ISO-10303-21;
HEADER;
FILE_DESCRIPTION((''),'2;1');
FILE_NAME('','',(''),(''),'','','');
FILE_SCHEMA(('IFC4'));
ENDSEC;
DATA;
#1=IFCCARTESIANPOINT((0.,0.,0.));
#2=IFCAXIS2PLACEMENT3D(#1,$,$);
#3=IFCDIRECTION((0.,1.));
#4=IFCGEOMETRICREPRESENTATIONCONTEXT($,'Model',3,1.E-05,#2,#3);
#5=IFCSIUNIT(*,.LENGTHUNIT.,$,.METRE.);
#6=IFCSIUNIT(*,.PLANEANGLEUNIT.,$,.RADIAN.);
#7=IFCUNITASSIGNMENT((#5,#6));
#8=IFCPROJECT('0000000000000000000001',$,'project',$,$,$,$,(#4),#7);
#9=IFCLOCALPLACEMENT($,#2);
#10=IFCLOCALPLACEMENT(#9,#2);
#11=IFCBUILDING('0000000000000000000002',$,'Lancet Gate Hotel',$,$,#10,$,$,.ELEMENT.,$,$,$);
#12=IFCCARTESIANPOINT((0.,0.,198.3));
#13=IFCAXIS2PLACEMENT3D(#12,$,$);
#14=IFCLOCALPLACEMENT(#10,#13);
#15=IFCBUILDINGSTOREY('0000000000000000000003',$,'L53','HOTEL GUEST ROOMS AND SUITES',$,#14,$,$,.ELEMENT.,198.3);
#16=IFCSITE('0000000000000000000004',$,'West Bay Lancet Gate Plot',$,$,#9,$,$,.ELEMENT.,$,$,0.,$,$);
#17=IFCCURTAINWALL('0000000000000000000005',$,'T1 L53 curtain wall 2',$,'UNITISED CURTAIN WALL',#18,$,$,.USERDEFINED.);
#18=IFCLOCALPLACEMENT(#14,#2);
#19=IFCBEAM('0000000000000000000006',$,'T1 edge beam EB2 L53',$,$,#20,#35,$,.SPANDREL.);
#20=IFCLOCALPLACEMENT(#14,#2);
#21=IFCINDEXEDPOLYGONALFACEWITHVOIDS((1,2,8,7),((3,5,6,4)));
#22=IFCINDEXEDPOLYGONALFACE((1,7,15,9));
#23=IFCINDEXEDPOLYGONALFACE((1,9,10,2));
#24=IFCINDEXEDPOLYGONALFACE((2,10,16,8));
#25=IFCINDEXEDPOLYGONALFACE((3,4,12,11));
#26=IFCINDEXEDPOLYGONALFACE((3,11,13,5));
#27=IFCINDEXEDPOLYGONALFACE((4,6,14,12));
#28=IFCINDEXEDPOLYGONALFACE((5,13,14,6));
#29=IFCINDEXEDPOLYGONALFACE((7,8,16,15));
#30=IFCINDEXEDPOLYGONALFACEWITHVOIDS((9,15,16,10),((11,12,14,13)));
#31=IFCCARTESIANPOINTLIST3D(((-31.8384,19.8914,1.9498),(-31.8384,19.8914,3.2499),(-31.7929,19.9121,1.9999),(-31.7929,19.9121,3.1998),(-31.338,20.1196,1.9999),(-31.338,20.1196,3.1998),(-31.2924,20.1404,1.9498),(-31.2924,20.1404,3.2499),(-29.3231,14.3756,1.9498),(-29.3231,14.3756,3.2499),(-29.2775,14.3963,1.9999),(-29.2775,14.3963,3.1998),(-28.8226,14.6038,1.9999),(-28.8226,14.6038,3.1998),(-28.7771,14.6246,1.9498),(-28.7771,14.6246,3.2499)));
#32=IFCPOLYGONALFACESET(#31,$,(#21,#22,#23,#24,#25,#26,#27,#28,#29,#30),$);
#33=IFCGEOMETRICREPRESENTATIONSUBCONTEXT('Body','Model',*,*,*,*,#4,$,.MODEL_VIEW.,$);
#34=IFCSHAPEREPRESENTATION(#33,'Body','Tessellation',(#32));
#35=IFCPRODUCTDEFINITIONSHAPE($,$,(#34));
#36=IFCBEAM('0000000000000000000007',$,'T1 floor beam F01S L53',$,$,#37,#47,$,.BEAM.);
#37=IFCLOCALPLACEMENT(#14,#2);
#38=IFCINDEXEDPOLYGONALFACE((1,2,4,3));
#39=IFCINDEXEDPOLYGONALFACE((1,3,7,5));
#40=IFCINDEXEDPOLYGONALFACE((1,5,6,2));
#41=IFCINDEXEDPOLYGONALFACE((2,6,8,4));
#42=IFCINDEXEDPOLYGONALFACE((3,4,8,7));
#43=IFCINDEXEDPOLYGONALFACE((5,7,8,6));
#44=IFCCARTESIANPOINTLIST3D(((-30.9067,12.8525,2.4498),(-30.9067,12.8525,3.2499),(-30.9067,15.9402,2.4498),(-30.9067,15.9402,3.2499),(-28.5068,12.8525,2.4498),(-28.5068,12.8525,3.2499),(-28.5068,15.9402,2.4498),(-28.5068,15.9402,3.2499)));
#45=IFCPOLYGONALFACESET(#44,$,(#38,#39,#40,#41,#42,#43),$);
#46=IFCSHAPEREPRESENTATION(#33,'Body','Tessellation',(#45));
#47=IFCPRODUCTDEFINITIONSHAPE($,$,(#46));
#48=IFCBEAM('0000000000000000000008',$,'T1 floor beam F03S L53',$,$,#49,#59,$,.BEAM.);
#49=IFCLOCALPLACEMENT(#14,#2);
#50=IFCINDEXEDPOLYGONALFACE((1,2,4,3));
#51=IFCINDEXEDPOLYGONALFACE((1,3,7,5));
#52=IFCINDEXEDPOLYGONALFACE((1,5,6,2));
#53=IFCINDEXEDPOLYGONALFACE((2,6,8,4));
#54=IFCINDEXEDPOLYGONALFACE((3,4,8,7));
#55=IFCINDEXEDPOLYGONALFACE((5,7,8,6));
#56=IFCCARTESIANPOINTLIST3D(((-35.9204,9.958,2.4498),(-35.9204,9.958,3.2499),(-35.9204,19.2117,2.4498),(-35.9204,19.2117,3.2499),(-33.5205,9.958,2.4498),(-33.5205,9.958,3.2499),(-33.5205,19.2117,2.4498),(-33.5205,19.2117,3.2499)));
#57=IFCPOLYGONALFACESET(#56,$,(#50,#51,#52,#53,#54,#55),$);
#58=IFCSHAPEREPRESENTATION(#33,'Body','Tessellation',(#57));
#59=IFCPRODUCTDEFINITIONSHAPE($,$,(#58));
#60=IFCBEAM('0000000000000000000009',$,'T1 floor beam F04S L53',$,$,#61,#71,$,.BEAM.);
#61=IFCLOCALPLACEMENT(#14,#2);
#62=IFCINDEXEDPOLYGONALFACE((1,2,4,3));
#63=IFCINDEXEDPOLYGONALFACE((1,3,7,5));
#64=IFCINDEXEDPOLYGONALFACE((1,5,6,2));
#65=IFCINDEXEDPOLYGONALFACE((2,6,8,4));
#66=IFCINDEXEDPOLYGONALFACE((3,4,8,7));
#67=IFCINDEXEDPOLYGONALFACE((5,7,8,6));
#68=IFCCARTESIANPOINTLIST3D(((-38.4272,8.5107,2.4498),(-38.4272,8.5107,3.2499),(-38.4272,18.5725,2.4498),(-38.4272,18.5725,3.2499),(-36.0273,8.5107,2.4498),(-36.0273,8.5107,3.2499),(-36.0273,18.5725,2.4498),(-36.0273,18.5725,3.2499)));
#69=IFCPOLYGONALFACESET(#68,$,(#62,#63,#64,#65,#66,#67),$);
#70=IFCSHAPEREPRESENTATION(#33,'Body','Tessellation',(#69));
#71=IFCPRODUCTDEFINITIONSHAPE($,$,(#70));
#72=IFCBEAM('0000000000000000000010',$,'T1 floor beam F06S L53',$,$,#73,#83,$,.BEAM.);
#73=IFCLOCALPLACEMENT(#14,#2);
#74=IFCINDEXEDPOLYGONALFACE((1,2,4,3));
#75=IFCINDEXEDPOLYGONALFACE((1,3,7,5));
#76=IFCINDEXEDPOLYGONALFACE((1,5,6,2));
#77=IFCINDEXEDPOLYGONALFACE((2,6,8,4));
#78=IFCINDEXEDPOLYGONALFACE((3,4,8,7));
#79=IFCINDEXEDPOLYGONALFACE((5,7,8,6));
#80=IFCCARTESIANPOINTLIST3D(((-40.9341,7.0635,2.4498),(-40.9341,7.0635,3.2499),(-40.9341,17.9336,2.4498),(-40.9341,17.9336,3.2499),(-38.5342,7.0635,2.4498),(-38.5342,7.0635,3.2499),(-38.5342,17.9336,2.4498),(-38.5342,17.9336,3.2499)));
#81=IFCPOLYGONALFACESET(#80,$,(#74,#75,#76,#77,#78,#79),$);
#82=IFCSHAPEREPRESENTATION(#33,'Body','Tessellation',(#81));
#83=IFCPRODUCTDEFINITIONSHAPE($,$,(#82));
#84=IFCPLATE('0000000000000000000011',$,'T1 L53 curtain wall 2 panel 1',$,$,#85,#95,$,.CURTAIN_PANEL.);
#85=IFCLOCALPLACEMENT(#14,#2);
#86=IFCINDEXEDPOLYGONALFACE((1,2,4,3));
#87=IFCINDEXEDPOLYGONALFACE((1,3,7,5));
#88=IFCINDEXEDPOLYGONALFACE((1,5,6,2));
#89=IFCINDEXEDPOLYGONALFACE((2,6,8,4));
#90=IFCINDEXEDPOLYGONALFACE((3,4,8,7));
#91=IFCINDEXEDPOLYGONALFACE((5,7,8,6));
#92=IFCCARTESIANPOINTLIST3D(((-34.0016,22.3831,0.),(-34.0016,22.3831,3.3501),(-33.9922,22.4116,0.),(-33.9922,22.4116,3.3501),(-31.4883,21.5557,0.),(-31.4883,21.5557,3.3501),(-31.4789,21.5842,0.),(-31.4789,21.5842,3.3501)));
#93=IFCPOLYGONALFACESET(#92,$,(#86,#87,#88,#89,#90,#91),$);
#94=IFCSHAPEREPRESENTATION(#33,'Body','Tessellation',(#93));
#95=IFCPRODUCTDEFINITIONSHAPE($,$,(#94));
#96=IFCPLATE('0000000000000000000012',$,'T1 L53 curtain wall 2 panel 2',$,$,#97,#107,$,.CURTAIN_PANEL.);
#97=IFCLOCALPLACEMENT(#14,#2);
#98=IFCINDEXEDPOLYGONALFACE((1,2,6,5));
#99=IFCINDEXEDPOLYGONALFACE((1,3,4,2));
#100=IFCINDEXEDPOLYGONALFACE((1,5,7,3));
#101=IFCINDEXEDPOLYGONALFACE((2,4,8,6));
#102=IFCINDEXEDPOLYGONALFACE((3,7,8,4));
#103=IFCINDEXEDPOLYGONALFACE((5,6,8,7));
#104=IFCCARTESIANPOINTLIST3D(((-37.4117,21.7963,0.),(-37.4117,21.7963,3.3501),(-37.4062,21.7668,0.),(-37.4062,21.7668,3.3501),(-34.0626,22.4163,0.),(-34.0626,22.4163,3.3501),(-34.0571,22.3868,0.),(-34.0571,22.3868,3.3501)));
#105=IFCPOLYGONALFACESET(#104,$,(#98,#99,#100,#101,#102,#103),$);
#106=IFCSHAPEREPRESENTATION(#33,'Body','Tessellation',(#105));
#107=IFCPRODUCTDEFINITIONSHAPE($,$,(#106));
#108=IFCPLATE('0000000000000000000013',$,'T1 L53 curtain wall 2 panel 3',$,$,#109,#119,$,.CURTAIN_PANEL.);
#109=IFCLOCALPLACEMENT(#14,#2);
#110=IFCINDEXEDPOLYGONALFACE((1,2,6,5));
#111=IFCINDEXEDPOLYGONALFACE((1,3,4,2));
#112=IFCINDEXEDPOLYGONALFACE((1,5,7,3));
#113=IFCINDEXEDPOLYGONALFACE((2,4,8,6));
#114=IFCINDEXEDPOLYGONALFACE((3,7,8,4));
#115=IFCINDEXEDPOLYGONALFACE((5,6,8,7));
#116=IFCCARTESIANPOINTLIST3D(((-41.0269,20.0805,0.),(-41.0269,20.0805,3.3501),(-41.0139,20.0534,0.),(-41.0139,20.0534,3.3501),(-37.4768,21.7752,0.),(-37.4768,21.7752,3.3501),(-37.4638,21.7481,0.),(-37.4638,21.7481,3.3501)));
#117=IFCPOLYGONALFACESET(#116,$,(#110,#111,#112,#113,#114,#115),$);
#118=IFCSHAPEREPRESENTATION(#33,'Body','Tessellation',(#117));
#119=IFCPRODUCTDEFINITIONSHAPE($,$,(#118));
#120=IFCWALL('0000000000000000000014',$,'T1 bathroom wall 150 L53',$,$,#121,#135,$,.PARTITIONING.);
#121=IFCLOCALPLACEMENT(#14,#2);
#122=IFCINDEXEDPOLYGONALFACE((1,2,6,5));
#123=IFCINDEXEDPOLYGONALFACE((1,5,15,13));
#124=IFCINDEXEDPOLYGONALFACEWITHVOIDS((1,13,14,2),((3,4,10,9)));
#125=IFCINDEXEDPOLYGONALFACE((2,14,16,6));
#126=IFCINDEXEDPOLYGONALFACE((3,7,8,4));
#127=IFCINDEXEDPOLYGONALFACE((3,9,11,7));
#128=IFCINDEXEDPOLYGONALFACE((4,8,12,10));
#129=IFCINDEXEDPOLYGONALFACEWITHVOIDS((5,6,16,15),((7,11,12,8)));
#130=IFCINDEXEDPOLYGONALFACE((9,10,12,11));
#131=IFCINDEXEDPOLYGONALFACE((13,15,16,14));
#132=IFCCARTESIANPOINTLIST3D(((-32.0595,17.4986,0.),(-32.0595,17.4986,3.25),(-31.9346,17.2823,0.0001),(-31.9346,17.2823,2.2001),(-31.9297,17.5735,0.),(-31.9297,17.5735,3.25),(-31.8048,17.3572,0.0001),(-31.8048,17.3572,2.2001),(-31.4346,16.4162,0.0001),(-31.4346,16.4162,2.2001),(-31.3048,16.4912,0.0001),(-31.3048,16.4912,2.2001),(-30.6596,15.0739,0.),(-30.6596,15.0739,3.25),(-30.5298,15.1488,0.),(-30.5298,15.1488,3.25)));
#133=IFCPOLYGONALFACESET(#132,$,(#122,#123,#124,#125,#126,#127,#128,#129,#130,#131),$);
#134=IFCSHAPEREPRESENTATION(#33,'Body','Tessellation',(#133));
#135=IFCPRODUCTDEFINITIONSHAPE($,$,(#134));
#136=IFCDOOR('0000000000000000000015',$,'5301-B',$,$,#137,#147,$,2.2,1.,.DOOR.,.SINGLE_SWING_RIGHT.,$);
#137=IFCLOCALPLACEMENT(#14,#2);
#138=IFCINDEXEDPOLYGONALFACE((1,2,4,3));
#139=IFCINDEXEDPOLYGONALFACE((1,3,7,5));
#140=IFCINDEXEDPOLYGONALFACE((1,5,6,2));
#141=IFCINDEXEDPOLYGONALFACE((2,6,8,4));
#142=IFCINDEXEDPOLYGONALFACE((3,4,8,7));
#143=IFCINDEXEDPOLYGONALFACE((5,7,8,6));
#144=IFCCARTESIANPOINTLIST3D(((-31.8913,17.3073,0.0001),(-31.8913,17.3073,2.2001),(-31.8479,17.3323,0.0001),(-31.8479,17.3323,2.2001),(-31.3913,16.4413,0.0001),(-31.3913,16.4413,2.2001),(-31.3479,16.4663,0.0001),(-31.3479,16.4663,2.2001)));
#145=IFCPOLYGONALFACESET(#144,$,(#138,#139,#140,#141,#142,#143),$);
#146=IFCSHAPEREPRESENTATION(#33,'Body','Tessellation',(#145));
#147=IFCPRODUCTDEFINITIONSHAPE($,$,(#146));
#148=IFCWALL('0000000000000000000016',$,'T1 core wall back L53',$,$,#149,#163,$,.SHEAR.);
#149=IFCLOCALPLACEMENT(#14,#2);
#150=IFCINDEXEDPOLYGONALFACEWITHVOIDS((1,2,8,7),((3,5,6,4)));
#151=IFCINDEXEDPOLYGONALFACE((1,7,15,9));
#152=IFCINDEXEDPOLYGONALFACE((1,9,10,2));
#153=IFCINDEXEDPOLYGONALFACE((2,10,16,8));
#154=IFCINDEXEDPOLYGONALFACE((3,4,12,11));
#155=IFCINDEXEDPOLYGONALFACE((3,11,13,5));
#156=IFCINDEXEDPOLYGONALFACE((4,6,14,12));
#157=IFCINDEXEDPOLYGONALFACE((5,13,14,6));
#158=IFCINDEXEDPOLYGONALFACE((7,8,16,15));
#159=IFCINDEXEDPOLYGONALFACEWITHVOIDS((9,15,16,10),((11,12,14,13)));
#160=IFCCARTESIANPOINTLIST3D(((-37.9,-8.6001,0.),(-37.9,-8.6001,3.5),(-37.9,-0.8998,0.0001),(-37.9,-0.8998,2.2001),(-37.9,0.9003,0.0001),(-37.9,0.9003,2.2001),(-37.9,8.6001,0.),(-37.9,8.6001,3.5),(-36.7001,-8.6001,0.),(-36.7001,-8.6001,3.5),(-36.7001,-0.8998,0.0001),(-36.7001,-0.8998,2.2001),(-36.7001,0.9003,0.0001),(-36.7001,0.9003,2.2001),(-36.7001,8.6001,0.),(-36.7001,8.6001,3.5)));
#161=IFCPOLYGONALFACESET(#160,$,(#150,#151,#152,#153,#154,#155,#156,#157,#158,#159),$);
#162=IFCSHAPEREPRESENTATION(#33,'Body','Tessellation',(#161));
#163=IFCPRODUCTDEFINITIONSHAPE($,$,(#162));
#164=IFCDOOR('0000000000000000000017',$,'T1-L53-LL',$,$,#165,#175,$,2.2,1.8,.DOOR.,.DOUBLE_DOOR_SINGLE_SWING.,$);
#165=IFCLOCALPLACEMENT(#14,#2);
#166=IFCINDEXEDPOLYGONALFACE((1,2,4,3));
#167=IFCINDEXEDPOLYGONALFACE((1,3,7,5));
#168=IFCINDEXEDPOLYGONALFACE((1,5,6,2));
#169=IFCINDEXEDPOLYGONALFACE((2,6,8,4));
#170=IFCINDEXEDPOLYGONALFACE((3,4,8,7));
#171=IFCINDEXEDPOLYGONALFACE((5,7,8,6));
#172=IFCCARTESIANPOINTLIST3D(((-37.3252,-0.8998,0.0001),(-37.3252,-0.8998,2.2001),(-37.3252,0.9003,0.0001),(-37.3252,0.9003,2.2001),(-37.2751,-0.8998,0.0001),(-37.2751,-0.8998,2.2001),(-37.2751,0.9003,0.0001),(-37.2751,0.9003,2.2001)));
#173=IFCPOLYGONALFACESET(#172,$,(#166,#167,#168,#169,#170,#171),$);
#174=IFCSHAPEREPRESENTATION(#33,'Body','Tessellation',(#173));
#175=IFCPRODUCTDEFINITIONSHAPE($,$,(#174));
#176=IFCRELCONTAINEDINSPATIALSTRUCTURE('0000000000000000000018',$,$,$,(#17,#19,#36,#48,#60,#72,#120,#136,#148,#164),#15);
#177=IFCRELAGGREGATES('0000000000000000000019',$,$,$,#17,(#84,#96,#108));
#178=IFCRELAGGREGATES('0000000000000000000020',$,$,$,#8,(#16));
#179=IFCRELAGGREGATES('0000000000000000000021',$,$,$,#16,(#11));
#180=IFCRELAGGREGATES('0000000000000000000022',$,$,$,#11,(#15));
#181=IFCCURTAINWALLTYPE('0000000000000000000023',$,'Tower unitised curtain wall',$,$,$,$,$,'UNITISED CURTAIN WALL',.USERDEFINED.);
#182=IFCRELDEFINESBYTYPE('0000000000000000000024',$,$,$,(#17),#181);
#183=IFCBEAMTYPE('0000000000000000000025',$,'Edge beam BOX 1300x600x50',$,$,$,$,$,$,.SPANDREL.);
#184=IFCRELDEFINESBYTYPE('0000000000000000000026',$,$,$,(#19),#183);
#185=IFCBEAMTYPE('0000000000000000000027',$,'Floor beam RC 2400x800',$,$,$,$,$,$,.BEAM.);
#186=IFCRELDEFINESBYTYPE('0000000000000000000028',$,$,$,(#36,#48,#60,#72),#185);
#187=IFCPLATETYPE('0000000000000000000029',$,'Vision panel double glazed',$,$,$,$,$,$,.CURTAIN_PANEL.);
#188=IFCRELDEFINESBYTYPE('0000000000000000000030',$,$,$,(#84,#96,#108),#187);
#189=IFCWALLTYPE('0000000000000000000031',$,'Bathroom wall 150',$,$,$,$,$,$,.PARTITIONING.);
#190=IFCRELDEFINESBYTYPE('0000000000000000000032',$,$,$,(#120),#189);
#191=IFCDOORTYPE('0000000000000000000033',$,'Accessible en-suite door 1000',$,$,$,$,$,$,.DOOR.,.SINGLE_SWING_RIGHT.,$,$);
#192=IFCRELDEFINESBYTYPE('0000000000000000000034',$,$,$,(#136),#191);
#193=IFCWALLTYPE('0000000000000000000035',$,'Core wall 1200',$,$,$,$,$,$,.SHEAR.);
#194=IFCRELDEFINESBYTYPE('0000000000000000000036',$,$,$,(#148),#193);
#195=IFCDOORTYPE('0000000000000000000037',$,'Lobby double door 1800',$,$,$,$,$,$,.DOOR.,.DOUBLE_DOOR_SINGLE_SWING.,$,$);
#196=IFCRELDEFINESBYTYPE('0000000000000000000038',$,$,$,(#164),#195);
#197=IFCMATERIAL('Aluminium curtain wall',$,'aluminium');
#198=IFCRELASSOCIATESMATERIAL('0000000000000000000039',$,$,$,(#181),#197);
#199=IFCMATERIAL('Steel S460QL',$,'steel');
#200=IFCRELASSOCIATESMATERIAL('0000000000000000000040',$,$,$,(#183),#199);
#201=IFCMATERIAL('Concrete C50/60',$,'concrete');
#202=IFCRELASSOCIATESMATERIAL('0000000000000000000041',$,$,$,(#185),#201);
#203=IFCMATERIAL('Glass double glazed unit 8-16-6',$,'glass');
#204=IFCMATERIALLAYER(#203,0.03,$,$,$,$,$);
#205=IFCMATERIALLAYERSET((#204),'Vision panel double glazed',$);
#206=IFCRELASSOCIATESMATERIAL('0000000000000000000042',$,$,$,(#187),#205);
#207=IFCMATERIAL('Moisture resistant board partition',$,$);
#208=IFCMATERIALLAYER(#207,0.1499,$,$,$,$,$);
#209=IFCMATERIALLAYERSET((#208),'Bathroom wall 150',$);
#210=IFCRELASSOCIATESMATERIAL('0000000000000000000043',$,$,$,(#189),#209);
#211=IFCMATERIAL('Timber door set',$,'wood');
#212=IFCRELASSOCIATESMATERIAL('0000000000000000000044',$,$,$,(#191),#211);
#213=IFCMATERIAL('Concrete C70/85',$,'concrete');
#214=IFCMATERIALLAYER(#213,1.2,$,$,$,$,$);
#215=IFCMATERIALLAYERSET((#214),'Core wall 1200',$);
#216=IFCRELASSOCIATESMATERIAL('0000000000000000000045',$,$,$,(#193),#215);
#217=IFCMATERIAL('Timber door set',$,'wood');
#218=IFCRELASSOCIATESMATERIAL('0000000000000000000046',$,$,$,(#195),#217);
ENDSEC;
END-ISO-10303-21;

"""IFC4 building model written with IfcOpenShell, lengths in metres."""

from ifc_helpers import new_model, si_unit, direction, frame, frame_2d, origin, origin_2d, place, context, subcontext, project, spatial, rectangle, hollow_rectangle, extrude, material, layer, layer_set, material_profile, profile_set, type_object, element, fill, aggregate, save


model = new_model("IFC4")

# Units and contexts
model_context = context("Model", 3, precision=1e-05, world=origin(), true_north=direction((0.0, 1.0)))
body_context = subcontext(model_context, "Body", "Model", "MODEL_VIEW")
ifc_project = project(units=[si_unit("LENGTHUNIT", "METRE"), si_unit("PLANEANGLEUNIT", "RADIAN")], contexts=[model_context])

# Site, building, storey
site_placement = place(None, origin())
site = spatial("IfcSite", under=ifc_project, at=site_placement, Name="West Bay Lancet Gate Plot", CompositionType="ELEMENT", RefElevation=0.0)
building_placement = place(site_placement, origin())
building = spatial("IfcBuilding", under=site, at=building_placement, Name="Lancet Gate Hotel", CompositionType="ELEMENT")
storey_placement = place(building_placement, frame((0.0, 0.0, 198.3)))
storey = spatial("IfcBuildingStorey", under=building, at=storey_placement, Name="L53", Description="HOTEL GUEST ROOMS AND SUITES", CompositionType="ELEMENT", Elevation=198.3)

# Shared definitions
ifc_material_1 = material(Name="Aluminium curtain wall", Category="aluminium")
curtain_wall_type = type_object("IfcCurtainWallType", Name="Tower unitised curtain wall", ElementType="UNITISED CURTAIN WALL", PredefinedType="USERDEFINED", material=ifc_material_1)

# Curtain wall
curtain_wall_1_placement = place(storey_placement, origin())
curtain_wall_1 = element("IfcCurtainWall", 1, at=curtain_wall_1_placement, inside=storey, type_object=curtain_wall_type, Name="T1 L53 curtain wall 2", ObjectType="UNITISED CURTAIN WALL", PredefinedType="USERDEFINED")

# Beams
ifc_material_2 = material(Name="Steel S460QL", Category="steel")
ifc_material_profile_1 = material_profile(ifc_material_2, hollow_rectangle(XDim=0.6001, YDim=1.3, WallThickness=0.05, at=origin_2d()), Name="BOX 1300x600x50")
ifc_profile_set_1 = profile_set([ifc_material_profile_1], Name="Steel S460QL")
beam_type_1 = type_object("IfcBeamType", Name="Edge beam BOX 1300x600x50", PredefinedType="SPANDREL", material=ifc_profile_set_1)
beam_1_placement = place(storey_placement, frame((-31.5654, 20.0159, 2.5999), z_axis=(0.414919, -0.909858, 0.0), x_axis=(0.909858, 0.414919, 0.0)))
element("IfcBeam", 2, at=beam_1_placement, inside=storey, type_object=beam_type_1, Name="T1 edge beam EB2 L53", PredefinedType="SPANDREL", context=body_context, shape_type="SweptSolid", body=[
    extrude(hollow_rectangle(XDim=0.6001, YDim=1.3, WallThickness=0.05, at=origin_2d()), origin(), (0.0, 0.0, 1.0), 6.0623),
])
ifc_material_3 = material(Name="Concrete C50/60", Category="concrete")
ifc_material_profile_2 = material_profile(ifc_material_3, rectangle(XDim=2.3999, YDim=0.8, at=origin_2d()), Name="RC 2400x800")
ifc_profile_set_2 = profile_set([ifc_material_profile_2], Name="Concrete C50/60")
beam_type_2 = type_object("IfcBeamType", Name="Floor beam RC 2400x800", PredefinedType="BEAM", material=ifc_profile_set_2)
beam_2_placement = place(storey_placement, frame((-29.7068, 15.9402, 2.8499), z_axis=(0.0, -1.0, 0.0), x_axis=(1.0, 0.0, 0.0)))
element("IfcBeam", 3, at=beam_2_placement, inside=storey, type_object=beam_type_2, Name="T1 floor beam F01S L53", PredefinedType="BEAM", context=body_context, shape_type="SweptSolid", body=[
    extrude(rectangle(XDim=2.3999, YDim=0.8, at=origin_2d()), origin(), (0.0, 0.0, 1.0), 3.0876),
])
beam_3_placement = place(storey_placement, frame((-34.7205, 19.2117, 2.8499), z_axis=(0.0, -1.0, 0.0), x_axis=(1.0, 0.0, 0.0)))
element("IfcBeam", 4, at=beam_3_placement, inside=storey, type_object=beam_type_2, Name="T1 floor beam F03S L53", PredefinedType="BEAM", context=body_context, shape_type="SweptSolid", body=[
    extrude(rectangle(XDim=2.3999, YDim=0.8, at=origin_2d()), origin(), (0.0, 0.0, 1.0), 9.2537),
])
beam_4_placement = place(storey_placement, frame((-37.2273, 18.5725, 2.8499), z_axis=(0.0, -1.0, 0.0), x_axis=(1.0, 0.0, 0.0)))
element("IfcBeam", 5, at=beam_4_placement, inside=storey, type_object=beam_type_2, Name="T1 floor beam F04S L53", PredefinedType="BEAM", context=body_context, shape_type="SweptSolid", body=[
    extrude(rectangle(XDim=2.3999, YDim=0.8, at=origin_2d()), origin(), (0.0, 0.0, 1.0), 10.0618),
])
beam_5_placement = place(storey_placement, frame((-39.7341, 17.9336, 2.8499), z_axis=(0.0, -1.0, 0.0), x_axis=(1.0, 0.0, 0.0)))
element("IfcBeam", 6, at=beam_5_placement, inside=storey, type_object=beam_type_2, Name="T1 floor beam F06S L53", PredefinedType="BEAM", context=body_context, shape_type="SweptSolid", body=[
    extrude(rectangle(XDim=2.3999, YDim=0.8, at=origin_2d()), origin(), (0.0, 0.0, 1.0), 10.8701),
])

# Plates
ifc_material_4 = material(Name="Glass double glazed unit 8-16-6", Category="glass")
ifc_layer_1 = layer(ifc_material_4, 0.03)
ifc_layer_set_1 = layer_set([ifc_layer_1], Name="Vision panel double glazed")
plate_type = type_object("IfcPlateType", Name="Vision panel double glazed", PredefinedType="CURTAIN_PANEL", material=ifc_layer_set_1)
plate_1_placement = place(storey_placement, frame((-32.7402, 21.9836, 0.0), z_axis=(0.0, 0.0, 1.0), x_axis=(-0.949848, 0.312712, 0.0)))
plate_1 = element("IfcPlate", 7, at=plate_1_placement, type_object=plate_type, Name="T1 L53 curtain wall 2 panel 1", PredefinedType="CURTAIN_PANEL", context=body_context, shape_type="SweptSolid", body=[
    extrude(rectangle(XDim=2.646, YDim=0.03, at=origin_2d()), origin(), (0.0, 0.0, 1.0), 3.3501),
])
plate_2_placement = place(storey_placement, frame((-35.7344, 22.0916, 0.0), z_axis=(0.0, 0.0, 1.0), x_axis=(-0.983292, -0.182033, 0.0)))
plate_2 = element("IfcPlate", 8, at=plate_2_placement, type_object=plate_type, Name="T1 L53 curtain wall 2 panel 2", PredefinedType="CURTAIN_PANEL", context=body_context, shape_type="SweptSolid", body=[
    extrude(rectangle(XDim=3.406, YDim=0.03, at=origin_2d()), origin(), (0.0, 0.0, 1.0), 3.3501),
])
plate_3_placement = place(storey_placement, frame((-39.2454, 20.9143, 0.0), z_axis=(0.0, 0.0, 1.0), x_axis=(-0.902454, -0.430787, 0.0)))
plate_3 = element("IfcPlate", 9, at=plate_3_placement, type_object=plate_type, Name="T1 L53 curtain wall 2 panel 3", PredefinedType="CURTAIN_PANEL", context=body_context, shape_type="SweptSolid", body=[
    extrude(rectangle(XDim=3.9338, YDim=0.03, at=origin_2d()), origin(), (0.0, 0.0, 1.0), 3.3501),
])
aggregate(curtain_wall_1, [plate_1, plate_2, plate_3])

# Walls, openings, doors
ifc_material_5 = material(Name="Moisture resistant board partition")
ifc_layer_2 = layer(ifc_material_5, 0.1499)
ifc_layer_set_2 = layer_set([ifc_layer_2], Name="Bathroom wall 150")
wall_type_1 = type_object("IfcWallType", Name="Bathroom wall 150", PredefinedType="PARTITIONING", material=ifc_layer_set_2)
wall_1_placement = place(storey_placement, frame((-30.5947, 15.1113, 0.0), z_axis=(0.0, 0.0, 1.0), x_axis=(-0.499984, 0.866035, 0.0)))
wall_1 = element("IfcWall", 10, at=wall_1_placement, inside=storey, type_object=wall_type_1, Name="T1 bathroom wall 150 L53", PredefinedType="PARTITIONING", context=body_context, shape_type="SweptSolid", body=[
    extrude(rectangle(XDim=2.7998, YDim=0.1499, at=frame_2d((1.3999, 0.0))), origin(), (0.0, 0.0, 1.0), 3.25),
])
opening_1_placement = place(wall_1_placement, frame((1.55, 0.0, 0.0)))
opening_1 = element("IfcOpeningElement", 11, at=opening_1_placement, cuts=wall_1, PredefinedType="OPENING", context=body_context, shape_type="SweptSolid", body=[
    extrude(rectangle(XDim=1.0, YDim=2.2, at=frame_2d((0.5, 1.1001))), frame((0.0, 0.085, 0.0), z_axis=(0.0, -1.0, 0.0), x_axis=(1.0, 0.0, 0.0)), (0.0, 0.0, 1.0), 0.1699),
])
ifc_material_6 = material(Name="Timber door set", Category="wood")
door_type_1 = type_object("IfcDoorType", Name="Accessible en-suite door 1000", OperationType="SINGLE_SWING_RIGHT", PredefinedType="DOOR", material=ifc_material_6)
door_1_placement = place(opening_1_placement, origin())
door_1 = element("IfcDoor", 12, at=door_1_placement, inside=storey, type_object=door_type_1, Name="5301-B", OperationType="SINGLE_SWING_RIGHT", OverallHeight=2.2, OverallWidth=1.0, PredefinedType="DOOR", context=body_context, shape_type="SweptSolid", body=[
    extrude(rectangle(XDim=1.0, YDim=2.2, at=frame_2d((0.5, 1.1001))), frame((0.0, 0.0249, 0.0), z_axis=(0.0, -1.0, 0.0), x_axis=(1.0, 0.0, 0.0)), (0.0, 0.0, 1.0), 0.05),
])
fill(opening_1, door_1)
ifc_material_7 = material(Name="Concrete C70/85", Category="concrete")
ifc_layer_3 = layer(ifc_material_7, 1.2)
ifc_layer_set_3 = layer_set([ifc_layer_3], Name="Core wall 1200")
wall_type_2 = type_object("IfcWallType", Name="Core wall 1200", PredefinedType="SHEAR", material=ifc_layer_set_3)
wall_2_placement = place(storey_placement, frame((-37.3, 8.6001, 0.0), z_axis=(0.0, 0.0, 1.0), x_axis=(0.0, -1.0, 0.0)))
wall_2 = element("IfcWall", 13, at=wall_2_placement, inside=storey, type_object=wall_type_2, Name="T1 core wall back L53", PredefinedType="SHEAR", context=body_context, shape_type="SweptSolid", body=[
    extrude(rectangle(XDim=17.2002, YDim=1.2, at=frame_2d((8.6001, 0.0))), origin(), (0.0, 0.0, 1.0), 3.5),
])
opening_2_placement = place(wall_2_placement, frame((7.7, 0.0, 0.0)))
opening_2 = element("IfcOpeningElement", 14, at=opening_2_placement, cuts=wall_2, PredefinedType="OPENING", context=body_context, shape_type="SweptSolid", body=[
    extrude(rectangle(XDim=1.8, YDim=2.2, at=frame_2d((0.8999, 1.1001))), frame((0.0, 0.6099, 0.0), z_axis=(0.0, -1.0, 0.0), x_axis=(1.0, 0.0, 0.0)), (0.0, 0.0, 1.0), 1.22),
])
ifc_material_8 = material(Name="Timber door set", Category="wood")
door_type_2 = type_object("IfcDoorType", Name="Lobby double door 1800", OperationType="DOUBLE_DOOR_SINGLE_SWING", PredefinedType="DOOR", material=ifc_material_8)
door_2_placement = place(opening_2_placement, origin())
door_2 = element("IfcDoor", 15, at=door_2_placement, inside=storey, type_object=door_type_2, Name="T1-L53-LL", OperationType="DOUBLE_DOOR_SINGLE_SWING", OverallHeight=2.2, OverallWidth=1.8, PredefinedType="DOOR", context=body_context, shape_type="SweptSolid", body=[
    extrude(rectangle(XDim=1.8, YDim=2.2, at=frame_2d((0.8999, 1.1001))), frame((0.0, 0.0249, 0.0), z_axis=(0.0, -1.0, 0.0), x_axis=(1.0, 0.0, 0.0)), (0.0, 0.0, 1.0), 0.05),
])
fill(opening_2, door_2)

save(model, "model.ifc")
